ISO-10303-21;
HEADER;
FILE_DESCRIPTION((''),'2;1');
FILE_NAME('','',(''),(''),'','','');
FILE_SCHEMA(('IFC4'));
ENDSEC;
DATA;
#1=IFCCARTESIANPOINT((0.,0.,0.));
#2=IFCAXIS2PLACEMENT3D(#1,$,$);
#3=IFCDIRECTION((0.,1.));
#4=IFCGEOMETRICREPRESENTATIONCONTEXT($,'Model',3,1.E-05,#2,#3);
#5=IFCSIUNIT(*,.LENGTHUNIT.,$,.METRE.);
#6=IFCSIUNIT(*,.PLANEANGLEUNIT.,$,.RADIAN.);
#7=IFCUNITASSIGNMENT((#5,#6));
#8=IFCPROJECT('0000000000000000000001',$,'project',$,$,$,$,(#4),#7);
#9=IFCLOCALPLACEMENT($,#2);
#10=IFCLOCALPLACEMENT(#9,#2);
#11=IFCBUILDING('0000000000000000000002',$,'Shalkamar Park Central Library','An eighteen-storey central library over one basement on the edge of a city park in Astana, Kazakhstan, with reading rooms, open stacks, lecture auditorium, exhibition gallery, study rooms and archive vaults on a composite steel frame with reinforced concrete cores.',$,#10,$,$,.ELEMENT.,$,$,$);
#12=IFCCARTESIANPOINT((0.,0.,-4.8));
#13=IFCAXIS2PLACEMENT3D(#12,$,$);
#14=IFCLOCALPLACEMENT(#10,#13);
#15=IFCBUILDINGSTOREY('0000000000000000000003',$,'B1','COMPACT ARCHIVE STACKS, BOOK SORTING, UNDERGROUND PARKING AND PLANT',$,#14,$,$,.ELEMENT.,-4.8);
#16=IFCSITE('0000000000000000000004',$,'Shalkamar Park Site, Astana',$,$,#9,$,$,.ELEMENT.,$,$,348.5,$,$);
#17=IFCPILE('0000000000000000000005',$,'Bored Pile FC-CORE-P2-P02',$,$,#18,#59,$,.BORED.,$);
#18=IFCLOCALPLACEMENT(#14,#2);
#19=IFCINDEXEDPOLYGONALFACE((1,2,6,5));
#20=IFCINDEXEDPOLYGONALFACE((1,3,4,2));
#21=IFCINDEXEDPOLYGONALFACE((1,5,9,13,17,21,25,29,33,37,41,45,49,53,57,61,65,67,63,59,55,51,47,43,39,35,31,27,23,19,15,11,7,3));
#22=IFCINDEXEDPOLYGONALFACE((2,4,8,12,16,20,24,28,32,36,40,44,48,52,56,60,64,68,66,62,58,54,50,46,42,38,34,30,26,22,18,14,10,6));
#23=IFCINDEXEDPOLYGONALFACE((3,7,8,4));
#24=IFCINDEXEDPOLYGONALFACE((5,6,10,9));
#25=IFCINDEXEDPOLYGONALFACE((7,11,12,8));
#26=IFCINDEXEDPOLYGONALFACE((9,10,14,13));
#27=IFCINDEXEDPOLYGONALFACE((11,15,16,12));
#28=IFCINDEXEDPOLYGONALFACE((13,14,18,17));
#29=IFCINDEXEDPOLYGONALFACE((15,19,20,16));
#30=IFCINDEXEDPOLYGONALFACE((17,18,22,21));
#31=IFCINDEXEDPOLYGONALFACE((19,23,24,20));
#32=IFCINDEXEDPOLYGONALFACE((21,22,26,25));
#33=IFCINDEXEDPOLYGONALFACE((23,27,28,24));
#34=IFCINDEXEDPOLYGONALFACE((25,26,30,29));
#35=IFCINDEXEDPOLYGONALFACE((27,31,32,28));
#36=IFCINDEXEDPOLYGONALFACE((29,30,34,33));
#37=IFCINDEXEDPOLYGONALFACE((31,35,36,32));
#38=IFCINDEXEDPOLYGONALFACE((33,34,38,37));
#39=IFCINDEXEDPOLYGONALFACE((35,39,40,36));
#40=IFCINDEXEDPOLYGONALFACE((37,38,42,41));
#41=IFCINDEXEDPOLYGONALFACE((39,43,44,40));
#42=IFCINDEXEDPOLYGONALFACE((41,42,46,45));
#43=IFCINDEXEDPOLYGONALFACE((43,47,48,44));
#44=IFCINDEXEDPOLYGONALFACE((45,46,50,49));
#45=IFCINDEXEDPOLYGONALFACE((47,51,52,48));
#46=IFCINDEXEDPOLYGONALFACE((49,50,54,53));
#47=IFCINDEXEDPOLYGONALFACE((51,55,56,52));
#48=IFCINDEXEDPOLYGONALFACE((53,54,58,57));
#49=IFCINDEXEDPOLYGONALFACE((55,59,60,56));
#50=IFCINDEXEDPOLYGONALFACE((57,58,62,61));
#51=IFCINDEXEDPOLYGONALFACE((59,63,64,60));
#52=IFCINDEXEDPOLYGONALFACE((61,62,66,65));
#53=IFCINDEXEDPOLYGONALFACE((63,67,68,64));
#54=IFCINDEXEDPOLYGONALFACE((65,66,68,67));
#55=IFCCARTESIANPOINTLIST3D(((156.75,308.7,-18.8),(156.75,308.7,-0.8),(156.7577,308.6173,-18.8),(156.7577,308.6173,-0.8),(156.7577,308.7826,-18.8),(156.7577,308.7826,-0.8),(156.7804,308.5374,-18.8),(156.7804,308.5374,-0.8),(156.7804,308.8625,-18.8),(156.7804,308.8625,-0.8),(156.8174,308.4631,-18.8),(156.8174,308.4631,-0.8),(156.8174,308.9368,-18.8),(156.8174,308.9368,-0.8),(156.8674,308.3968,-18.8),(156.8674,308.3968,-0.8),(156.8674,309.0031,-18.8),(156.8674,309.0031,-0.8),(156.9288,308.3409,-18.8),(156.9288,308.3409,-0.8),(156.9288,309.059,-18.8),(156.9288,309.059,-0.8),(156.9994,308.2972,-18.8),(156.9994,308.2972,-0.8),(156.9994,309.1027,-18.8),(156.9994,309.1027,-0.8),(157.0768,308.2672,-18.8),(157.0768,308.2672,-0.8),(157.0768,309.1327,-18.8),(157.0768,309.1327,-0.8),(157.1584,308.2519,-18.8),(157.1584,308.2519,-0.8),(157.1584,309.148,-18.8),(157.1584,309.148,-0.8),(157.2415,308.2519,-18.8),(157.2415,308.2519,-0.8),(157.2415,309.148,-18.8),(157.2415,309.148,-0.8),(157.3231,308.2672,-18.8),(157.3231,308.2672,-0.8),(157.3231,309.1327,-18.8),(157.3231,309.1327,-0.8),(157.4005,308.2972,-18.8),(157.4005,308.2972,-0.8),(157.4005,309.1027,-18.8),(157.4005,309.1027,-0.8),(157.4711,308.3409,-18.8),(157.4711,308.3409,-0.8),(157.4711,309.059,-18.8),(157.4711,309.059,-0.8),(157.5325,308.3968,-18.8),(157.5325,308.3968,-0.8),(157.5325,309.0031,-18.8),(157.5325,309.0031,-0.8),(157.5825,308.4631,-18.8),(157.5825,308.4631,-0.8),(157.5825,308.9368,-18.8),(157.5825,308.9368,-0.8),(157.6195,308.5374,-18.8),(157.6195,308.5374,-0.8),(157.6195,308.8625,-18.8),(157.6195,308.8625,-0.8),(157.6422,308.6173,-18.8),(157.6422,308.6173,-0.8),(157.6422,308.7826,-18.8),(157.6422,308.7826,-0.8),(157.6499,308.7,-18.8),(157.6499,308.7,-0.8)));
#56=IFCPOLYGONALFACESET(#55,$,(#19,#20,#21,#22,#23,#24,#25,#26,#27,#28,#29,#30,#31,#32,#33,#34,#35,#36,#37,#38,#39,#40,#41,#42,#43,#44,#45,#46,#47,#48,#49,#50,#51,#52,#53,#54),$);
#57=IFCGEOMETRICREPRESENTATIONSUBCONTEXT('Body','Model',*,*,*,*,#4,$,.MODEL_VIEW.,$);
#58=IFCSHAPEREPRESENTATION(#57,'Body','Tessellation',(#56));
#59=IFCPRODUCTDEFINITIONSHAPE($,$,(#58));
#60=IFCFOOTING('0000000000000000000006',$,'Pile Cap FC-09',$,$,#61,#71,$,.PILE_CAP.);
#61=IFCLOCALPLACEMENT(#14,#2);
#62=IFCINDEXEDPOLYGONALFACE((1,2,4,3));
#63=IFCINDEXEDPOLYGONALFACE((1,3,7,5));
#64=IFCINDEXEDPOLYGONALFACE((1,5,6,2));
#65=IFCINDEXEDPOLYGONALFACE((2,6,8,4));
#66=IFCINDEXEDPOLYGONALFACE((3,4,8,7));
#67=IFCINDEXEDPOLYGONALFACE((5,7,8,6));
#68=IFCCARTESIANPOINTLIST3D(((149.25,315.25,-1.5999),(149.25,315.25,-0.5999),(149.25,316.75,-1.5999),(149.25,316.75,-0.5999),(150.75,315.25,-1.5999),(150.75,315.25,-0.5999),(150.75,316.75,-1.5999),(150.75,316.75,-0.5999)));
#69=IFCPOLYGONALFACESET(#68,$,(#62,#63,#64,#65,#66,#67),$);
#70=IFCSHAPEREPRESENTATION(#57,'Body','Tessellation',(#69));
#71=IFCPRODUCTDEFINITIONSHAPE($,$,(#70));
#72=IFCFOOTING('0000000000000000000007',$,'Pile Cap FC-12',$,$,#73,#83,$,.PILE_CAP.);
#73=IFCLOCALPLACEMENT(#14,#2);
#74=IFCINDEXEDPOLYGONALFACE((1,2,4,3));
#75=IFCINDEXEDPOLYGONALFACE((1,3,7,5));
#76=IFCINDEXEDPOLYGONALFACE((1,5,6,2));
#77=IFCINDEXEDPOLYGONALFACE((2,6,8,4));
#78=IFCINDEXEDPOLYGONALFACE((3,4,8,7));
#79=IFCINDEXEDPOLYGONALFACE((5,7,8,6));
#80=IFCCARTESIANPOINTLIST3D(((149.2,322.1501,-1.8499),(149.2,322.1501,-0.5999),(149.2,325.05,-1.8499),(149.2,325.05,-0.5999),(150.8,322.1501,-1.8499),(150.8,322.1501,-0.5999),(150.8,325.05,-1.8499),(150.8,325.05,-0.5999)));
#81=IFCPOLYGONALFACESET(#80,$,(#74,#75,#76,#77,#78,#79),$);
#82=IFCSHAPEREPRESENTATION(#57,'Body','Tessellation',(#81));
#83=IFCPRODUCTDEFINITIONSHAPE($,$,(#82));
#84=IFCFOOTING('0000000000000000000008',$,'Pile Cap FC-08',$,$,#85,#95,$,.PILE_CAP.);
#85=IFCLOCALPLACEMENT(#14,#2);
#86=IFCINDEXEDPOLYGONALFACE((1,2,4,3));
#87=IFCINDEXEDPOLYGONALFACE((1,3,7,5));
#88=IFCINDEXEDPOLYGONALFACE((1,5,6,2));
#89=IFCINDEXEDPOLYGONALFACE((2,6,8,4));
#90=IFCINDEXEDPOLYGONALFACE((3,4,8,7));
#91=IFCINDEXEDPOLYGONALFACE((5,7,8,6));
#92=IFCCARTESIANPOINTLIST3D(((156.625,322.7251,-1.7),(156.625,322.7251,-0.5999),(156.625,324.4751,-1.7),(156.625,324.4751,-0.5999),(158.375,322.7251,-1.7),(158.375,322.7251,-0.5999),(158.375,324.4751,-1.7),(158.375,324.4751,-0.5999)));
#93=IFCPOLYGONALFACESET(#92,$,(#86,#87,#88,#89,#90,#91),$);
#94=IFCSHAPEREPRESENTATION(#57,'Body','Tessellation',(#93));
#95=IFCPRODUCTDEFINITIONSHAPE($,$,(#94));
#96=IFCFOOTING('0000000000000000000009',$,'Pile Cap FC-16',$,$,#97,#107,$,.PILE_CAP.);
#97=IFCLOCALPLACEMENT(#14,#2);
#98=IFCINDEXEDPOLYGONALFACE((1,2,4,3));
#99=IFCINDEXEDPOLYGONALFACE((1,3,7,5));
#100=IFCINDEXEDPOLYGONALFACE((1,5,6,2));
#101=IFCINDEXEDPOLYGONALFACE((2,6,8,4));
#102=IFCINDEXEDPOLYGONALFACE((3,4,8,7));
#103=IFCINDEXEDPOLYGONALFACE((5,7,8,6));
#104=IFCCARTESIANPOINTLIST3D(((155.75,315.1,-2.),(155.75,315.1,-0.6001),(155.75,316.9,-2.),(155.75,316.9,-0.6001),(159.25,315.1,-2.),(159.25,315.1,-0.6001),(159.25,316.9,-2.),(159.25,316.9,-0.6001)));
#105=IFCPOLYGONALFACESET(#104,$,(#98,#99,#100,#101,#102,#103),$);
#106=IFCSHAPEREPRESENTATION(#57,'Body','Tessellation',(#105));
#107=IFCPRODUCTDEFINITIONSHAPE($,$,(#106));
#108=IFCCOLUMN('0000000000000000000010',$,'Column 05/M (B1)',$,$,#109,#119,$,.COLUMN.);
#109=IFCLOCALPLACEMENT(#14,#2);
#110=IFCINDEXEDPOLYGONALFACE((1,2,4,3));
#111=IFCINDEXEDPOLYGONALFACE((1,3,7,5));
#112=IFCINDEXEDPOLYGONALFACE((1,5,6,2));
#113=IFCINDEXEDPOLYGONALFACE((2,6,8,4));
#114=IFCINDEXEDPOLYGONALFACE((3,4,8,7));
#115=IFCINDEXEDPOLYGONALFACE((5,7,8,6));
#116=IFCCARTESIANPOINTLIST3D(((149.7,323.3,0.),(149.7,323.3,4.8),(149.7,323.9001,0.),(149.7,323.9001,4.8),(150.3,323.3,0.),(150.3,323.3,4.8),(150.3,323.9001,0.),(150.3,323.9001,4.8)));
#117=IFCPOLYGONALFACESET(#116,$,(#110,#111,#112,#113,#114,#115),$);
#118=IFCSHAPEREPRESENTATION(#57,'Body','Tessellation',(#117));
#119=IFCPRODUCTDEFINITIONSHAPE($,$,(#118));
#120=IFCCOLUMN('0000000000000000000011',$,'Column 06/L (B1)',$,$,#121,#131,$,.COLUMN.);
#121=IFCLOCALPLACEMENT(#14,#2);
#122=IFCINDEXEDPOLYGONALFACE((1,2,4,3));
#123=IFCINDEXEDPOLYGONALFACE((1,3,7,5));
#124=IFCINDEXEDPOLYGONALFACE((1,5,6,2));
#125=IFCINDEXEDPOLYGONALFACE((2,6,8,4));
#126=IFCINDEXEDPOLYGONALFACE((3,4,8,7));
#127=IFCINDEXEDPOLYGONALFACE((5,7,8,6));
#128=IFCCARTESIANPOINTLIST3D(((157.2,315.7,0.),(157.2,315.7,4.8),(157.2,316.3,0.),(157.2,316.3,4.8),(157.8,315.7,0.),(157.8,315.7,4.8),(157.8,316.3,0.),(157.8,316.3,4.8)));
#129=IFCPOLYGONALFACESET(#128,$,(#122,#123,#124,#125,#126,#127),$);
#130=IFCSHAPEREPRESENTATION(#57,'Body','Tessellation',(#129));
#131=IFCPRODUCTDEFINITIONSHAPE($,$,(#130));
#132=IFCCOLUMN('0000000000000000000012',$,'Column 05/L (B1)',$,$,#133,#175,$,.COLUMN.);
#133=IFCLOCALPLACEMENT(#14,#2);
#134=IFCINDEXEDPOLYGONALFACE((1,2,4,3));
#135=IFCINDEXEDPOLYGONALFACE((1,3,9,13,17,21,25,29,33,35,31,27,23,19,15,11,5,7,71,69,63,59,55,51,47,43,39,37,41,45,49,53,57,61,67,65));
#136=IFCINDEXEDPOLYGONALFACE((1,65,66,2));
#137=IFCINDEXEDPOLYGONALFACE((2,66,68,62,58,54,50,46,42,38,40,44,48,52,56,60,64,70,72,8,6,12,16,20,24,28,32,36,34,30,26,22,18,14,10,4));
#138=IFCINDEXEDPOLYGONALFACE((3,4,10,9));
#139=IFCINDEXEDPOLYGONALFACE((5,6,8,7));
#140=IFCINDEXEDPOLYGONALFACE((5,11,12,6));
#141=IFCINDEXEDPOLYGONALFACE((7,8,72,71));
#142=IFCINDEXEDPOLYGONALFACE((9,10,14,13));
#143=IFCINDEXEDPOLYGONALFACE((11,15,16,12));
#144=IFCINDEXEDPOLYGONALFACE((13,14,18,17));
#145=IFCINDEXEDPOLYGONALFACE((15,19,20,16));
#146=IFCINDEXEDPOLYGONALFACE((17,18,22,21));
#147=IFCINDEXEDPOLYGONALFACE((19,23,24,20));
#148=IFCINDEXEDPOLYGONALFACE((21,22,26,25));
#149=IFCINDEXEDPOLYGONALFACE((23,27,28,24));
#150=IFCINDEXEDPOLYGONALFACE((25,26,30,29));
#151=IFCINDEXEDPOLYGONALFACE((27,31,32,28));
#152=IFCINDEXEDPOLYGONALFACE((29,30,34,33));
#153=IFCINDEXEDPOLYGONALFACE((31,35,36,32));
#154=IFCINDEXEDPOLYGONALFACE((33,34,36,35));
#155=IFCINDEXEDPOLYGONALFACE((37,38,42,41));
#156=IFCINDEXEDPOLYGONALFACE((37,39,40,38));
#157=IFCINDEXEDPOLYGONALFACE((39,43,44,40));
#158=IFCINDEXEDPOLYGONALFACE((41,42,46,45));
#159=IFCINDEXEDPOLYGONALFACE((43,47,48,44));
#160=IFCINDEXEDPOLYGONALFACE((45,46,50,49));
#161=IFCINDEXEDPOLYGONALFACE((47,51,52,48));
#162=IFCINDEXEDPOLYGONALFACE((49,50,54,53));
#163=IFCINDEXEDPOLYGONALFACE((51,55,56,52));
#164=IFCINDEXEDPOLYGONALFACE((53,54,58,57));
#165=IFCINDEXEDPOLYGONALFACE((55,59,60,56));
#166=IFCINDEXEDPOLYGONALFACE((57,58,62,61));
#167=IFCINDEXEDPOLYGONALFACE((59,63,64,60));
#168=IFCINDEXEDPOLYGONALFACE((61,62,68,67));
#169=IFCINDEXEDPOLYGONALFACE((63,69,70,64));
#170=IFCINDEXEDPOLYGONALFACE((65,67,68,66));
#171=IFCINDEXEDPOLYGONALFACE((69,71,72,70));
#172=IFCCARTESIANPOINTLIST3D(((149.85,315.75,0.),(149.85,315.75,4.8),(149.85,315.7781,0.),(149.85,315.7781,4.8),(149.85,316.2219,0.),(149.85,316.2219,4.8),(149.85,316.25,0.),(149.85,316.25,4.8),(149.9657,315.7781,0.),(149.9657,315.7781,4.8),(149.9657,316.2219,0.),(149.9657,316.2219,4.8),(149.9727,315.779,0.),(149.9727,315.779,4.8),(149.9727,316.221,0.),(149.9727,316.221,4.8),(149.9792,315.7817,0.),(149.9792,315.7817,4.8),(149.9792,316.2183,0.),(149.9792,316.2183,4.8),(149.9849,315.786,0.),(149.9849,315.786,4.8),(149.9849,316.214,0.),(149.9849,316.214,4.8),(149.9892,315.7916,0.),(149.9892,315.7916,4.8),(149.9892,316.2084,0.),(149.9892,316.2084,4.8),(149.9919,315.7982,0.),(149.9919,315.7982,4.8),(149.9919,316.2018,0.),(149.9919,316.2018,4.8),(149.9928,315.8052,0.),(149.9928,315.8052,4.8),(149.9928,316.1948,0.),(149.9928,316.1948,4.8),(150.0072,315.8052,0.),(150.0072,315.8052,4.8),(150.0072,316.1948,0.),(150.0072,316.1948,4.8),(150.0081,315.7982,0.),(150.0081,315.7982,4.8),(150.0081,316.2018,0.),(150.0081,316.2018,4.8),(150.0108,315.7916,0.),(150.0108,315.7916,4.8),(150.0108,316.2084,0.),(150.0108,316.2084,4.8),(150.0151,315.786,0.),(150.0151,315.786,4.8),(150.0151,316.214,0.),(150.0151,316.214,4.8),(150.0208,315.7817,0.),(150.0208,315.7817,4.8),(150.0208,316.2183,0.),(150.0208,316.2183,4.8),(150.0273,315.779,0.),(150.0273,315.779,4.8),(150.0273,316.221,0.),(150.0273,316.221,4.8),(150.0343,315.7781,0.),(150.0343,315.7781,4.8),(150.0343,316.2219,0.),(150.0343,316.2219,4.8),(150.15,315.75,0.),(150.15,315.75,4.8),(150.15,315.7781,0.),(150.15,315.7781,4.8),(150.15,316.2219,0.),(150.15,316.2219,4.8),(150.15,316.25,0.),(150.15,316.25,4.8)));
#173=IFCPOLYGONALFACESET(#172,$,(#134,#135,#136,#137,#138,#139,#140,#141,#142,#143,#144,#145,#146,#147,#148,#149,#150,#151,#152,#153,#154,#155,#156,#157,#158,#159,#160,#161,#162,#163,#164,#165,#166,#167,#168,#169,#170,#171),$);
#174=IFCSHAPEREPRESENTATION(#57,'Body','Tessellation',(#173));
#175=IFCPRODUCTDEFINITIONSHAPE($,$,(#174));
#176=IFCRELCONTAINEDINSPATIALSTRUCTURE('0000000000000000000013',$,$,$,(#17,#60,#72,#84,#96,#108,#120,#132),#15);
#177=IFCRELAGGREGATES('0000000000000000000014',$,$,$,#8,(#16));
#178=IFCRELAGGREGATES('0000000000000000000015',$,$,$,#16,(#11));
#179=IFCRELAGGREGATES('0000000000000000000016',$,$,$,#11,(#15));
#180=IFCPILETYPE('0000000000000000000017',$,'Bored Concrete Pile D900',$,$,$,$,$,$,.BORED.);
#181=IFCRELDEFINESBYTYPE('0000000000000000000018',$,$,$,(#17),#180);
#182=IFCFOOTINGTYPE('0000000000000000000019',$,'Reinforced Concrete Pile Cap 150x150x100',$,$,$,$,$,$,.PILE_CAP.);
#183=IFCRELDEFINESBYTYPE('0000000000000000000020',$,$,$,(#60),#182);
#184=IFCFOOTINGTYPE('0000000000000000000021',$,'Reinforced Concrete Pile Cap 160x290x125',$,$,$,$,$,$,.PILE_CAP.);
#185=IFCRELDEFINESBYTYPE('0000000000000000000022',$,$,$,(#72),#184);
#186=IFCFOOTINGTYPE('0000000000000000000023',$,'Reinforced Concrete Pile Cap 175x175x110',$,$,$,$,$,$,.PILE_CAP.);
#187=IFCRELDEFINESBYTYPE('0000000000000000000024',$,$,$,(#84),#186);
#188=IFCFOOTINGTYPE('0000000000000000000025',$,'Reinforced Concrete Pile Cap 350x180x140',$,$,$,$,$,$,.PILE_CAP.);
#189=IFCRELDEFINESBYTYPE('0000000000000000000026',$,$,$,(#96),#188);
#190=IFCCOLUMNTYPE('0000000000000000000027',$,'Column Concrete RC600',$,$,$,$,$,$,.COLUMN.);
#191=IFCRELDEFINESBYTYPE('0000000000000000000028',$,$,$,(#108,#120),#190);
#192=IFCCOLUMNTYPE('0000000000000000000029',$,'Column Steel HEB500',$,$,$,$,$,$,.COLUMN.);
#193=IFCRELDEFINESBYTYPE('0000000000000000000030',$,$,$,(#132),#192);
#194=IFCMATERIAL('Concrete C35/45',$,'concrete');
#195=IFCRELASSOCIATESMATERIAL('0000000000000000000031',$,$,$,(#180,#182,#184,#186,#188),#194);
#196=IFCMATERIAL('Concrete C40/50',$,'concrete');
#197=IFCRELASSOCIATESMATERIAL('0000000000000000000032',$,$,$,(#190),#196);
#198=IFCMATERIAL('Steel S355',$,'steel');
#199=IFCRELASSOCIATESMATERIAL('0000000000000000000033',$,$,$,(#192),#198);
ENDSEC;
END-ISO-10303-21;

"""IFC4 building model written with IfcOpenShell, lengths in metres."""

from ifc_helpers import new_model, si_unit, direction, frame, origin, origin_2d, place, context, subcontext, project, spatial, rectangle, circle, i_section, extrude, material, material_profile, profile_set, type_object, element, save


model = new_model("IFC4")

# Units and contexts
model_context = context("Model", 3, precision=1e-05, world=origin(), true_north=direction((0.0, 1.0)))
body_context = subcontext(model_context, "Body", "Model", "MODEL_VIEW")
ifc_project = project(units=[si_unit("LENGTHUNIT", "METRE"), si_unit("PLANEANGLEUNIT", "RADIAN")], contexts=[model_context])

# Site, building, storey
site_placement = place(None, origin())
site = spatial("IfcSite", under=ifc_project, at=site_placement, Name="Shalkamar Park Site, Astana", CompositionType="ELEMENT", RefElevation=348.5)
building_placement = place(site_placement, origin())
building = spatial("IfcBuilding", under=site, at=building_placement, Name="Shalkamar Park Central Library", Description="An eighteen-storey central library over one basement on the edge of a city park in Astana, Kazakhstan, with reading rooms, open stacks, lecture auditorium, exhibition gallery, study rooms and archive vaults on a composite steel frame with reinforced concrete cores.", CompositionType="ELEMENT")
storey_placement = place(building_placement, frame((0.0, 0.0, -4.8)))
storey = spatial("IfcBuildingStorey", under=building, at=storey_placement, Name="B1", Description="COMPACT ARCHIVE STACKS, BOOK SORTING, UNDERGROUND PARKING AND PLANT", CompositionType="ELEMENT", Elevation=-4.8)

# Pile
ifc_material_1 = material(Name="Concrete C35/45", Category="concrete")
ifc_material_profile_1 = material_profile(ifc_material_1, circle(Radius=0.45, at=origin_2d()), Name="PILE D900")
ifc_profile_set_1 = profile_set([ifc_material_profile_1], Name="Concrete C35/45")
pile_type_1 = type_object("IfcPileType", Name="Bored Concrete Pile D900", PredefinedType="BORED", material=ifc_profile_set_1)
pile_placement = place(storey_placement, frame((157.2, 308.7, -0.8), z_axis=(0.0, 0.0, -1.0), x_axis=(1.0, 0.0, 0.0)))
element("IfcPile", 1, at=pile_placement, inside=storey, type_object=pile_type_1, Name="Bored Pile FC-CORE-P2-P02", PredefinedType="BORED", context=body_context, shape_type="SweptSolid", body=[
    extrude(circle(Radius=0.45, at=origin_2d()), origin(), (0.0, 0.0, 1.0), 18.0),
])

# Footings
footing_type_1 = type_object("IfcFootingType", Name="Reinforced Concrete Pile Cap 150x150x100", PredefinedType="PILE_CAP", material=ifc_material_1)
footing_1_placement = place(storey_placement, frame((150.0, 316.0, -1.5999), z_axis=(0.0, 0.0, 1.0), x_axis=(1.0, 0.0, 0.0)))
element("IfcFooting", 2, at=footing_1_placement, inside=storey, type_object=footing_type_1, Name="Pile Cap FC-09", PredefinedType="PILE_CAP", context=body_context, shape_type="SweptSolid", body=[
    extrude(rectangle(XDim=1.5, YDim=1.5, at=origin_2d()), origin(), (0.0, 0.0, 1.0), 1.0),
])
footing_type_2 = type_object("IfcFootingType", Name="Reinforced Concrete Pile Cap 160x290x125", PredefinedType="PILE_CAP", material=ifc_material_1)
footing_2_placement = place(storey_placement, frame((150.0, 323.6001, -1.8499), z_axis=(0.0, 0.0, 1.0), x_axis=(1.0, 0.0, 0.0)))
element("IfcFooting", 3, at=footing_2_placement, inside=storey, type_object=footing_type_2, Name="Pile Cap FC-12", PredefinedType="PILE_CAP", context=body_context, shape_type="SweptSolid", body=[
    extrude(rectangle(XDim=1.6001, YDim=2.8999, at=origin_2d()), origin(), (0.0, 0.0, 1.0), 1.25),
])
footing_type_3 = type_object("IfcFootingType", Name="Reinforced Concrete Pile Cap 175x175x110", PredefinedType="PILE_CAP", material=ifc_material_1)
footing_3_placement = place(storey_placement, frame((157.5, 323.6001, -1.7), z_axis=(0.0, 0.0, 1.0), x_axis=(1.0, 0.0, 0.0)))
element("IfcFooting", 4, at=footing_3_placement, inside=storey, type_object=footing_type_3, Name="Pile Cap FC-08", PredefinedType="PILE_CAP", context=body_context, shape_type="SweptSolid", body=[
    extrude(rectangle(XDim=1.75, YDim=1.75, at=origin_2d()), origin(), (0.0, 0.0, 1.0), 1.1001),
])
footing_type_4 = type_object("IfcFootingType", Name="Reinforced Concrete Pile Cap 350x180x140", PredefinedType="PILE_CAP", material=ifc_material_1)
footing_4_placement = place(storey_placement, frame((157.5, 316.0, -2.0), z_axis=(0.0, 0.0, 1.0), x_axis=(1.0, 0.0, 0.0)))
element("IfcFooting", 5, at=footing_4_placement, inside=storey, type_object=footing_type_4, Name="Pile Cap FC-16", PredefinedType="PILE_CAP", context=body_context, shape_type="SweptSolid", body=[
    extrude(rectangle(XDim=3.5, YDim=1.8, at=origin_2d()), origin(), (0.0, 0.0, 1.0), 1.3999),
])

# Columns
ifc_material_2 = material(Name="Concrete C40/50", Category="concrete")
ifc_material_profile_2 = material_profile(ifc_material_2, rectangle(XDim=0.6001, YDim=0.6001, at=origin_2d()), Name="RC 600x600")
ifc_profile_set_2 = profile_set([ifc_material_profile_2], Name="Concrete C40/50")
column_type_1 = type_object("IfcColumnType", Name="Column Concrete RC600", PredefinedType="COLUMN", material=ifc_profile_set_2)
for number, where, z_axis, x_axis, name in (
    (6, (150.0, 323.6001, 0.0), (0.0, 0.0, 1.0), (1.0, 0.0, 0.0), "Column 05/M (B1)"),
    (7, (157.5, 316.0, 0.0), (0.0, 0.0, 1.0), (1.0, 0.0, 0.0), "Column 06/L (B1)"),
):
    element("IfcColumn", number, at=place(storey_placement, frame(where, z_axis=z_axis, x_axis=x_axis)), inside=storey, type_object=column_type_1, Name=name, PredefinedType="COLUMN", context=body_context, shape_type="SweptSolid", body=[
        extrude(rectangle(XDim=0.6001, YDim=0.6001, at=origin_2d()), origin(), (0.0, 0.0, 1.0), 4.8),
    ])
ifc_material_3 = material(Name="Steel S355", Category="steel")
ifc_material_profile_3 = material_profile(ifc_material_3, i_section(OverallWidth=0.3, OverallDepth=0.5, WebThickness=0.0144, FlangeThickness=0.0281, FilletRadius=0.0271, at=origin_2d()), Name="HEB 500")
ifc_profile_set_3 = profile_set([ifc_material_profile_3], Name="Steel S355")
column_type_2 = type_object("IfcColumnType", Name="Column Steel HEB500", PredefinedType="COLUMN", material=ifc_profile_set_3)
for number, where, z_axis, x_axis, name in (
    (8, (150.0, 316.0, 0.0), (0.0, 0.0, 1.0), (1.0, 0.0, 0.0), "Column 05/L (B1)"),
):
    element("IfcColumn", number, at=place(storey_placement, frame(where, z_axis=z_axis, x_axis=x_axis)), inside=storey, type_object=column_type_2, Name=name, PredefinedType="COLUMN", context=body_context, shape_type="SweptSolid", body=[
        extrude(i_section(OverallWidth=0.3, OverallDepth=0.5, WebThickness=0.0144, FlangeThickness=0.0281, FilletRadius=0.0271, at=origin_2d()), origin(), (0.0, 0.0, 1.0), 4.8),
    ])

save(model, "model.ifc")
